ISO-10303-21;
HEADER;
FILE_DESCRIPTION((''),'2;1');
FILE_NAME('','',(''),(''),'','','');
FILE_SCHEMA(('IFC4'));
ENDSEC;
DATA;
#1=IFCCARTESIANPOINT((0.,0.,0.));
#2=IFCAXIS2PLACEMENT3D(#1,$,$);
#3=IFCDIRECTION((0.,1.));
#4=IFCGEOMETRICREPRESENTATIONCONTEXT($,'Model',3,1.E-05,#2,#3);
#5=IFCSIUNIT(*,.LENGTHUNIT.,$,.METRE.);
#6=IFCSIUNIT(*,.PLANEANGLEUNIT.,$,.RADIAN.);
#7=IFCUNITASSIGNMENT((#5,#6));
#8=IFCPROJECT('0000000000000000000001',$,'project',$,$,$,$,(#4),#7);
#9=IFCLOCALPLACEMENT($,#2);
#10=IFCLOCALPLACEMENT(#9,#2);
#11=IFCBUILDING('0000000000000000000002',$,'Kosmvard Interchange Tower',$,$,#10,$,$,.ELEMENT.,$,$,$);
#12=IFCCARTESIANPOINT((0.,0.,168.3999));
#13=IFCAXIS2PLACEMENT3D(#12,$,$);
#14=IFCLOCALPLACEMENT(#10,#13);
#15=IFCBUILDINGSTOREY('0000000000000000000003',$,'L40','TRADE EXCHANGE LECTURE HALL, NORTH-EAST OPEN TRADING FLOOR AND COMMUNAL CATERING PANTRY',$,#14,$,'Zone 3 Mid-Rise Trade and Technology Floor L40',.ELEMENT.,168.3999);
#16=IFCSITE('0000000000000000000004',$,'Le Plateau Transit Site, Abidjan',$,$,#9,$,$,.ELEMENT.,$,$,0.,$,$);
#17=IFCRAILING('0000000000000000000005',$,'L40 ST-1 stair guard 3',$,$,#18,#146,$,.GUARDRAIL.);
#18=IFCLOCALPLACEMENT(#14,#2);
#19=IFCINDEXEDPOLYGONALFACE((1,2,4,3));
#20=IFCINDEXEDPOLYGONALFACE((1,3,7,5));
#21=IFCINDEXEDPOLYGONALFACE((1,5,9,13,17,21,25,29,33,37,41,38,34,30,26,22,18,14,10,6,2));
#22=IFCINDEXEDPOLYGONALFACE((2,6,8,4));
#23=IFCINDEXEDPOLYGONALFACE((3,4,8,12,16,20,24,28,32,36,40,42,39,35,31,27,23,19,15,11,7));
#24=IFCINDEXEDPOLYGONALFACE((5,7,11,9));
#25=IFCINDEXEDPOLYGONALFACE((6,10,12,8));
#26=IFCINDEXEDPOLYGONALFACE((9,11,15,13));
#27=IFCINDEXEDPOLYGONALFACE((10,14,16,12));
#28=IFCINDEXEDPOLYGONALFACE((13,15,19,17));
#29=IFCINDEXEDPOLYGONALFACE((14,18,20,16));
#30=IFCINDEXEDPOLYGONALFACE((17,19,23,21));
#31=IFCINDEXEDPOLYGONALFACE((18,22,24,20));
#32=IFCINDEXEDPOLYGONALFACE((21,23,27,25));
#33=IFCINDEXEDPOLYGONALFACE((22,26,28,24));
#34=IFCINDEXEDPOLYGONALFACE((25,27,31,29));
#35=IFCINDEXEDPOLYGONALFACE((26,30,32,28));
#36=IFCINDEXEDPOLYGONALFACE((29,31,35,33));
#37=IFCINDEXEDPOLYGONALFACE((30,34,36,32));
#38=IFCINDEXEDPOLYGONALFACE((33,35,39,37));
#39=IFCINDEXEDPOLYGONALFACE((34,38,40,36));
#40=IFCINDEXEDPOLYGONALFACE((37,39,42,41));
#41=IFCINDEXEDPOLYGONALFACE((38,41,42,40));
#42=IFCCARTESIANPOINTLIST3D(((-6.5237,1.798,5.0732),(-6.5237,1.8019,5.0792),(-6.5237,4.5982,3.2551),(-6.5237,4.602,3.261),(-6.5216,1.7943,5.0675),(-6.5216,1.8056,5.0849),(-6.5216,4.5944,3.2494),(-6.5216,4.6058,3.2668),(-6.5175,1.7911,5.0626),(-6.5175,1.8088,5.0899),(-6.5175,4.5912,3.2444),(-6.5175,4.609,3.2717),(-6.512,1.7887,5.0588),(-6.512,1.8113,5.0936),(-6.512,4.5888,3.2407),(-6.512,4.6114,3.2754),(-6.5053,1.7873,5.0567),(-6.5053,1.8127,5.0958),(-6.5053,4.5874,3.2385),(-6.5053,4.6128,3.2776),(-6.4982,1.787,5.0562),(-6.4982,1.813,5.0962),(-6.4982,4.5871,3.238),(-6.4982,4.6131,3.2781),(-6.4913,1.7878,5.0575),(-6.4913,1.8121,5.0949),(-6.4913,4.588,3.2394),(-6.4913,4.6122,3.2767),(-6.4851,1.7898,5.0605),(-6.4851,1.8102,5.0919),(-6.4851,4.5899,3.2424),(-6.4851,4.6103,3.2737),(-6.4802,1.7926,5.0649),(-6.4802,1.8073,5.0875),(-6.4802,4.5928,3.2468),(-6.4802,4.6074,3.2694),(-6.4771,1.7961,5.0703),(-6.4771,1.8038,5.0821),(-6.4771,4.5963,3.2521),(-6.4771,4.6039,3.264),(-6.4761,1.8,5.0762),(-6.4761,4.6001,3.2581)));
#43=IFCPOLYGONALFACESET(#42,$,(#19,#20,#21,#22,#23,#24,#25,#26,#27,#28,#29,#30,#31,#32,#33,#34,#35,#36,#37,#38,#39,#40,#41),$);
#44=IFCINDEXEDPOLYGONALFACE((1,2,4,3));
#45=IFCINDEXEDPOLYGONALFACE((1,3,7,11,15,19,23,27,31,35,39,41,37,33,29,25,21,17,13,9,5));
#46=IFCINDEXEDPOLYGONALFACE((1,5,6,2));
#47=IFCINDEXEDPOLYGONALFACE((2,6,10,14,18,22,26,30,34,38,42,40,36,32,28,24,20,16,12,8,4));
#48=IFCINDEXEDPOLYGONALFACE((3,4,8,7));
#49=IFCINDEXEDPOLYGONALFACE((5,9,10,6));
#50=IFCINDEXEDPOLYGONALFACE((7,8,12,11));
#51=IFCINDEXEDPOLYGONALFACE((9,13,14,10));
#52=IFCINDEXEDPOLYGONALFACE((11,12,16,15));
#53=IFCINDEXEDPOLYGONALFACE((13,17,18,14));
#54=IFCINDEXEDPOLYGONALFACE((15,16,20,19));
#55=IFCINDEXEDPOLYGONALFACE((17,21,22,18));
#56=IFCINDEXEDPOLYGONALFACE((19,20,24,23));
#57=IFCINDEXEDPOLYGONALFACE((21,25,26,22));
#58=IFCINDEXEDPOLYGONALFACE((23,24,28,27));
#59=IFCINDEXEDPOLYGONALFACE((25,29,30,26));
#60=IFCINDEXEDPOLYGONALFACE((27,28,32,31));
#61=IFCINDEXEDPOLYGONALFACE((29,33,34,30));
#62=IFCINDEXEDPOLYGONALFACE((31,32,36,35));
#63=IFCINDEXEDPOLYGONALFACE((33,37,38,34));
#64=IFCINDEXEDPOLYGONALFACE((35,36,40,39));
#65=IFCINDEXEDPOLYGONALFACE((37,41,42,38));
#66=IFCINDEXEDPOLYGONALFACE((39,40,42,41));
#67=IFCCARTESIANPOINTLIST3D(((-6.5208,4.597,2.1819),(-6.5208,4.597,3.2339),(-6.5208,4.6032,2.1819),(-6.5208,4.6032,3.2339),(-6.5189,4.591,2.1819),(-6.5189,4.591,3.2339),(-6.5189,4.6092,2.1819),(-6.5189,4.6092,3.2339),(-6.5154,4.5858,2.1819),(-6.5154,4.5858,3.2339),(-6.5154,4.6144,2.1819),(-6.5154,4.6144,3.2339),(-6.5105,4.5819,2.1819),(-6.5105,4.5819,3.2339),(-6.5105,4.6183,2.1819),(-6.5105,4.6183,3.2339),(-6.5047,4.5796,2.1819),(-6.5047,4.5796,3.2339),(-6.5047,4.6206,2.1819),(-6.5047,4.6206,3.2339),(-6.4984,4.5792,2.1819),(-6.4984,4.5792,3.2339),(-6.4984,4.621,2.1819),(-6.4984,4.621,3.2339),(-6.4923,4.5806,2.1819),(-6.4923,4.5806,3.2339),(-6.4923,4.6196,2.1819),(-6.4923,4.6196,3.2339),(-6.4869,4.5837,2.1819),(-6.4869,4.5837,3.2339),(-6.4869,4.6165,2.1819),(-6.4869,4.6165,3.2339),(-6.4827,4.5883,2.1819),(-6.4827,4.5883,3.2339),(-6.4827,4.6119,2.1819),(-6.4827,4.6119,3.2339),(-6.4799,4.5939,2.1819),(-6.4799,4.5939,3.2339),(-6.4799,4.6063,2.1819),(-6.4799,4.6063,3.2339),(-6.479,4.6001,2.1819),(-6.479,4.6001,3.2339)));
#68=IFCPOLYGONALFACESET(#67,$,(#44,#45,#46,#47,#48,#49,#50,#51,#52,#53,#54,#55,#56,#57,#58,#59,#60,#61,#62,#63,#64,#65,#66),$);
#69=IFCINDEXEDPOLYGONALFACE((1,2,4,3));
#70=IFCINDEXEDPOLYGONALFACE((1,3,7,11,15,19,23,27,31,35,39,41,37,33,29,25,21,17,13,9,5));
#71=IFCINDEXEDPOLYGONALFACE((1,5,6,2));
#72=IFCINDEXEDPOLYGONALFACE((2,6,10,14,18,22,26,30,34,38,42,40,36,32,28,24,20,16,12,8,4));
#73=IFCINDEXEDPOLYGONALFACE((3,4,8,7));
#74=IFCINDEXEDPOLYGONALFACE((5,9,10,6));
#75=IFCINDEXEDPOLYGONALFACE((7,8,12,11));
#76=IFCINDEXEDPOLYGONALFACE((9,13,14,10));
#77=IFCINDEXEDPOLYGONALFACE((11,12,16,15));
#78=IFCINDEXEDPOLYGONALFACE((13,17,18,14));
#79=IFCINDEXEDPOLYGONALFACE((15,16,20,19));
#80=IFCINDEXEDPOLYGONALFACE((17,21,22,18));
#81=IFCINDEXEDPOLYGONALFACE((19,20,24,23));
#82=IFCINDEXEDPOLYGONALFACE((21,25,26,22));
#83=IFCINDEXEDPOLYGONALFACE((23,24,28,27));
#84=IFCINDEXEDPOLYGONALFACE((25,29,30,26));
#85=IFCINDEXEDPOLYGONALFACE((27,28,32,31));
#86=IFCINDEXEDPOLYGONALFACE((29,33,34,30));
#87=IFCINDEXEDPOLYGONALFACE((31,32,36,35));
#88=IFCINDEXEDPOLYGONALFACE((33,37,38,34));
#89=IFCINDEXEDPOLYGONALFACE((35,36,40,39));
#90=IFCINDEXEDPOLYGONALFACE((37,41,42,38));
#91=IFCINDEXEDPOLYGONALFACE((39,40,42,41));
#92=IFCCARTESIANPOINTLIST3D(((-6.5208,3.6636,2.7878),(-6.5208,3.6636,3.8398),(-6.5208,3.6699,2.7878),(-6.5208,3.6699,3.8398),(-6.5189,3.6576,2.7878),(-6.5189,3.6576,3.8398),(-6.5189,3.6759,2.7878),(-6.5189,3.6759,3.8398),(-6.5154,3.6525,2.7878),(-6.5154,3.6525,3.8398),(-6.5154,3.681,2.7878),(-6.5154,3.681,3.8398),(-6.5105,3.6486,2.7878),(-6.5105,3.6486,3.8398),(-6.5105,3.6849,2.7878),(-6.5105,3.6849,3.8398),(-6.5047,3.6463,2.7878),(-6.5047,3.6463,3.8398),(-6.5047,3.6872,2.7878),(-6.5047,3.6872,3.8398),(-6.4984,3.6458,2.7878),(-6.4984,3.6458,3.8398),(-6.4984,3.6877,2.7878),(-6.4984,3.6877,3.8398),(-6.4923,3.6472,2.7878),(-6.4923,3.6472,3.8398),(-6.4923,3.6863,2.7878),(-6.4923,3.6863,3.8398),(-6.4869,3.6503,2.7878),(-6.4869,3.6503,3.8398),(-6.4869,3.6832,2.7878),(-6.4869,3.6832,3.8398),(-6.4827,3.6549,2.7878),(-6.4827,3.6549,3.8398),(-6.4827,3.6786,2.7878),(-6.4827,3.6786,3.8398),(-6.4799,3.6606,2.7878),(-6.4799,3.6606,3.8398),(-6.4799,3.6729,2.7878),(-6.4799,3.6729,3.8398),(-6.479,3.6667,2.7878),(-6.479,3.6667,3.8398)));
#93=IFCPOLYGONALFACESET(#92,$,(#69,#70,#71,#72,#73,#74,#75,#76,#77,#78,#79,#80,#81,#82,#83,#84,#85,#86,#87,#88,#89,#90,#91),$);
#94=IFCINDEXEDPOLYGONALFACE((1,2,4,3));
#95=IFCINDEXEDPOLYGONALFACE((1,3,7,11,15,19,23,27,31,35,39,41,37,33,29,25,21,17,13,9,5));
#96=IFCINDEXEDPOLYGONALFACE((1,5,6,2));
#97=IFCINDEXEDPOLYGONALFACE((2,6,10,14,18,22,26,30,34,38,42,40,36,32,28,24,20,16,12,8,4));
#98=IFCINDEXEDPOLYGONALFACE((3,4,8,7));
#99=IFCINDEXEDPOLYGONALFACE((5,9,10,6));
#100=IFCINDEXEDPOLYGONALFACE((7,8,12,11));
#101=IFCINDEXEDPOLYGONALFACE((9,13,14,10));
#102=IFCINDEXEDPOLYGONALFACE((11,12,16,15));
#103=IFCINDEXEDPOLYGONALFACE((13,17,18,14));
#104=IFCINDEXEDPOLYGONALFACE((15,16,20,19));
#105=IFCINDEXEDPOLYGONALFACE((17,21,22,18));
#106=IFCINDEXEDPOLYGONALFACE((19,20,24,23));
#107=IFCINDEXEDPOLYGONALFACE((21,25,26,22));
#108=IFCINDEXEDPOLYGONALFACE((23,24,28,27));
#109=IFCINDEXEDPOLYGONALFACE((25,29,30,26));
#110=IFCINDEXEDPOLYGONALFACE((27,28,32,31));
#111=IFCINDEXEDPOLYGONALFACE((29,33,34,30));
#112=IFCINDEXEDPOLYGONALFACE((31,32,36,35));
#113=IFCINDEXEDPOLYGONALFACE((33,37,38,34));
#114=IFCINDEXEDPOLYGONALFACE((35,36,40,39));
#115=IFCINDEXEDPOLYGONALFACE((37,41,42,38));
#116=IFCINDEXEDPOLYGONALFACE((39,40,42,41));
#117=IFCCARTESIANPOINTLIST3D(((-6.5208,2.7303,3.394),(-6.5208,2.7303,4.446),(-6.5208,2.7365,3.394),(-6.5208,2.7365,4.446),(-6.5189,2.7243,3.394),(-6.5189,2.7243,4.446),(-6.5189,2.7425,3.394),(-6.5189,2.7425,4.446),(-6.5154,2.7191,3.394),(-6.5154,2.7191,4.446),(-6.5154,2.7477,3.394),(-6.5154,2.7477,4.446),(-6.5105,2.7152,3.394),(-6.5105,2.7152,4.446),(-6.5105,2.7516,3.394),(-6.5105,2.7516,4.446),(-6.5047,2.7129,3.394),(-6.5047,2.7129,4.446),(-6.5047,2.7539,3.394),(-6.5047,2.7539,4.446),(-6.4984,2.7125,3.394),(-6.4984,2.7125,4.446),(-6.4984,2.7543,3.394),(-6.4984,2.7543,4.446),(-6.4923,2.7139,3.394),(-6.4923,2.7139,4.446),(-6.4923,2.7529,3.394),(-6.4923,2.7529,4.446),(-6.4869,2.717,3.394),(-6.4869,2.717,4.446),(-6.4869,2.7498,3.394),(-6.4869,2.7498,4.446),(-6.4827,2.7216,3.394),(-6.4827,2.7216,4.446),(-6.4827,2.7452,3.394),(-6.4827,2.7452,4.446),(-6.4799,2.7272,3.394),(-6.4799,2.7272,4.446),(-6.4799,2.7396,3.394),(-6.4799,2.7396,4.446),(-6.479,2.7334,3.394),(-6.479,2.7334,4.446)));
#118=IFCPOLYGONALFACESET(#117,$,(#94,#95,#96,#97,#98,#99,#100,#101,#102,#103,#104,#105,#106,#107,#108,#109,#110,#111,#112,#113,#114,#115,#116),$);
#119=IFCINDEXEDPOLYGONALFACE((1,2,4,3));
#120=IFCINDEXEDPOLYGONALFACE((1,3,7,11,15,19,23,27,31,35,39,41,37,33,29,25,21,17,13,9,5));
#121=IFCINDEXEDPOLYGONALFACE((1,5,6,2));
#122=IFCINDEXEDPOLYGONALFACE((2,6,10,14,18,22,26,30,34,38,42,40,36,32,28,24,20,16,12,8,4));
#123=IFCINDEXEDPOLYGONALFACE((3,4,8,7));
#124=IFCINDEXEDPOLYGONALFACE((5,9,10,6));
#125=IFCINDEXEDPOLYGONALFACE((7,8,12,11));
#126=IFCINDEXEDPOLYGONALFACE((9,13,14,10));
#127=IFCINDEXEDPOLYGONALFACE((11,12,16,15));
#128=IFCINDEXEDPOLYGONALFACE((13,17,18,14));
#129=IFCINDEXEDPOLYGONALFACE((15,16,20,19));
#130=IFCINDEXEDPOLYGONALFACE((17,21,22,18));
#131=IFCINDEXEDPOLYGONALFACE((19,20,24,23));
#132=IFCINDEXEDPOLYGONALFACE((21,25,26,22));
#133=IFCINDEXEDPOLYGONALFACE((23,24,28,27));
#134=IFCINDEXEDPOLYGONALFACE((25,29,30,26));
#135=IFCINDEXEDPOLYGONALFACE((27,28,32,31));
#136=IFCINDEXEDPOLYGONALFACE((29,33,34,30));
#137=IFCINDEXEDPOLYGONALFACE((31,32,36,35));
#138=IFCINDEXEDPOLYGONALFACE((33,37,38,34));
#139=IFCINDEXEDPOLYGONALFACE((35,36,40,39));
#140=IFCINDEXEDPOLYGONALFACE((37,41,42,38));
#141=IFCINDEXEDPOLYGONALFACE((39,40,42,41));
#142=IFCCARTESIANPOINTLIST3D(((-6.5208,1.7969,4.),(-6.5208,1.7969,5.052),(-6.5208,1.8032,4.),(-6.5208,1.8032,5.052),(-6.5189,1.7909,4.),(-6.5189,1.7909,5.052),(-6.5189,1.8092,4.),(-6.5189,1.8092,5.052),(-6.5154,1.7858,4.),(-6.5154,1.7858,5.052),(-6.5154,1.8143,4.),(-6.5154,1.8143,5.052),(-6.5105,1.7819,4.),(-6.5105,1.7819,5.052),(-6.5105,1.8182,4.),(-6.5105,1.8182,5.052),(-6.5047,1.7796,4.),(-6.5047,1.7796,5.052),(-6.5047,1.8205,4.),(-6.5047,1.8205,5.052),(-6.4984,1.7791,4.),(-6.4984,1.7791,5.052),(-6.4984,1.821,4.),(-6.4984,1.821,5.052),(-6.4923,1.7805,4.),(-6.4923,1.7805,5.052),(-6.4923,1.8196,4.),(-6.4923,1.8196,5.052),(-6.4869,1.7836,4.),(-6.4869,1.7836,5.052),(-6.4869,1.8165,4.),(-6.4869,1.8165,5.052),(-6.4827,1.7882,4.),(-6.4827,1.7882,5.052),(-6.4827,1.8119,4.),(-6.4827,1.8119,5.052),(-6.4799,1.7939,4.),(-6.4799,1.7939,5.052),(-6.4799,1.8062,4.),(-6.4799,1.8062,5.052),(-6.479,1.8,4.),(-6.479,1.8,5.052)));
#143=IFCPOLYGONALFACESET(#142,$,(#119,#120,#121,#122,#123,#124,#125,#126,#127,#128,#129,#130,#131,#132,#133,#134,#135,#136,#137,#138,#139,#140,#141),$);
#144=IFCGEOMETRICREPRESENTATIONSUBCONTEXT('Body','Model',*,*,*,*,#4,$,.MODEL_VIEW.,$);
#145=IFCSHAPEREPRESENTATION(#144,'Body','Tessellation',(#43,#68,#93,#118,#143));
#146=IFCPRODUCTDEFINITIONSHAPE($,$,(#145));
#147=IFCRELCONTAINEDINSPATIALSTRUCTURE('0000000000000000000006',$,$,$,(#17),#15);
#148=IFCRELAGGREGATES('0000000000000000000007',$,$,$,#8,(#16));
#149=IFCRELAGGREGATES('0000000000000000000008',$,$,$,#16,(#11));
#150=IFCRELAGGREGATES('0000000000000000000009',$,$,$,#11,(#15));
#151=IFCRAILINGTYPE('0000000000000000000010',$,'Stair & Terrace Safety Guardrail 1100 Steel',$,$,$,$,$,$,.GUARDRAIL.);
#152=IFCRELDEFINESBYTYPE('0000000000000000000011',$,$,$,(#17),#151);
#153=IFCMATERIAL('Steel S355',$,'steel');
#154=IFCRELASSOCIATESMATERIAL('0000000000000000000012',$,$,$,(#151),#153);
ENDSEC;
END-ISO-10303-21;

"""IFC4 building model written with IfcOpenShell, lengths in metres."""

from ifc_helpers import new_model, si_unit, direction, frame, origin, origin_2d, place, context, subcontext, project, spatial, circle, extrude, source, transform, mapped, material, type_object, element, save


model = new_model("IFC4")

# Units and contexts
model_context = context("Model", 3, precision=1e-05, world=origin(), true_north=direction((0.0, 1.0)))
body_context = subcontext(model_context, "Body", "Model", "MODEL_VIEW")
ifc_project = project(units=[si_unit("LENGTHUNIT", "METRE"), si_unit("PLANEANGLEUNIT", "RADIAN")], contexts=[model_context])

# Site, building, storey
site_placement = place(None, origin())
site = spatial("IfcSite", under=ifc_project, at=site_placement, Name="Le Plateau Transit Site, Abidjan", CompositionType="ELEMENT", RefElevation=0.0)
building_placement = place(site_placement, origin())
building = spatial("IfcBuilding", under=site, at=building_placement, Name="Kosmvard Interchange Tower", CompositionType="ELEMENT")
storey_placement = place(building_placement, frame((0.0, 0.0, 168.3999)))
storey = spatial("IfcBuildingStorey", under=building, at=storey_placement, Name="L40", Description="TRADE EXCHANGE LECTURE HALL, NORTH-EAST OPEN TRADING FLOOR AND COMMUNAL CATERING PANTRY", LongName="Zone 3 Mid-Rise Trade and Technology Floor L40", CompositionType="ELEMENT", Elevation=168.3999)

# Shared definitions
ifc_material_1 = material(Name="Steel S355", Category="steel")

# Railing
railing_type_1 = type_object("IfcRailingType", Name="Stair & Terrace Safety Guardrail 1100 Steel", PredefinedType="GUARDRAIL", material=ifc_material_1)
shared_shape_1 = source(origin(), body_context, "Body", "SweptSolid", [
    extrude(circle(Radius=0.0239, at=origin_2d()), frame((0.0, 0.0, 1.0762), z_axis=(0.0, -0.838706, 0.544585), x_axis=(1.0, 0.0, 0.0)), (0.0, 0.0, 1.0), 3.3386),
    extrude(circle(Radius=0.021, at=origin_2d()), origin(), (0.0, 0.0, 1.0), 1.052),
    extrude(circle(Radius=0.021, at=origin_2d()), frame((0.0, -0.9333, 0.606)), (0.0, 0.0, 1.0), 1.052),
    extrude(circle(Radius=0.021, at=origin_2d()), frame((0.0, -1.8667, 1.2122)), (0.0, 0.0, 1.0), 1.052),
    extrude(circle(Radius=0.021, at=origin_2d()), frame((0.0, -2.8, 1.8181)), (0.0, 0.0, 1.0), 1.052),
])
railing_1_placement = place(storey_placement, frame((-6.5, 4.6001, 2.1819)))
element("IfcRailing", 1, at=railing_1_placement, inside=storey, type_object=railing_type_1, Name="L40 ST-1 stair guard 3", PredefinedType="GUARDRAIL", context=body_context, shape_type="MappedRepresentation", body=[
    mapped(shared_shape_1, transform((0.0, 0.0, 0.0), scale=1.0)),
])

save(model, "model.ifc")
